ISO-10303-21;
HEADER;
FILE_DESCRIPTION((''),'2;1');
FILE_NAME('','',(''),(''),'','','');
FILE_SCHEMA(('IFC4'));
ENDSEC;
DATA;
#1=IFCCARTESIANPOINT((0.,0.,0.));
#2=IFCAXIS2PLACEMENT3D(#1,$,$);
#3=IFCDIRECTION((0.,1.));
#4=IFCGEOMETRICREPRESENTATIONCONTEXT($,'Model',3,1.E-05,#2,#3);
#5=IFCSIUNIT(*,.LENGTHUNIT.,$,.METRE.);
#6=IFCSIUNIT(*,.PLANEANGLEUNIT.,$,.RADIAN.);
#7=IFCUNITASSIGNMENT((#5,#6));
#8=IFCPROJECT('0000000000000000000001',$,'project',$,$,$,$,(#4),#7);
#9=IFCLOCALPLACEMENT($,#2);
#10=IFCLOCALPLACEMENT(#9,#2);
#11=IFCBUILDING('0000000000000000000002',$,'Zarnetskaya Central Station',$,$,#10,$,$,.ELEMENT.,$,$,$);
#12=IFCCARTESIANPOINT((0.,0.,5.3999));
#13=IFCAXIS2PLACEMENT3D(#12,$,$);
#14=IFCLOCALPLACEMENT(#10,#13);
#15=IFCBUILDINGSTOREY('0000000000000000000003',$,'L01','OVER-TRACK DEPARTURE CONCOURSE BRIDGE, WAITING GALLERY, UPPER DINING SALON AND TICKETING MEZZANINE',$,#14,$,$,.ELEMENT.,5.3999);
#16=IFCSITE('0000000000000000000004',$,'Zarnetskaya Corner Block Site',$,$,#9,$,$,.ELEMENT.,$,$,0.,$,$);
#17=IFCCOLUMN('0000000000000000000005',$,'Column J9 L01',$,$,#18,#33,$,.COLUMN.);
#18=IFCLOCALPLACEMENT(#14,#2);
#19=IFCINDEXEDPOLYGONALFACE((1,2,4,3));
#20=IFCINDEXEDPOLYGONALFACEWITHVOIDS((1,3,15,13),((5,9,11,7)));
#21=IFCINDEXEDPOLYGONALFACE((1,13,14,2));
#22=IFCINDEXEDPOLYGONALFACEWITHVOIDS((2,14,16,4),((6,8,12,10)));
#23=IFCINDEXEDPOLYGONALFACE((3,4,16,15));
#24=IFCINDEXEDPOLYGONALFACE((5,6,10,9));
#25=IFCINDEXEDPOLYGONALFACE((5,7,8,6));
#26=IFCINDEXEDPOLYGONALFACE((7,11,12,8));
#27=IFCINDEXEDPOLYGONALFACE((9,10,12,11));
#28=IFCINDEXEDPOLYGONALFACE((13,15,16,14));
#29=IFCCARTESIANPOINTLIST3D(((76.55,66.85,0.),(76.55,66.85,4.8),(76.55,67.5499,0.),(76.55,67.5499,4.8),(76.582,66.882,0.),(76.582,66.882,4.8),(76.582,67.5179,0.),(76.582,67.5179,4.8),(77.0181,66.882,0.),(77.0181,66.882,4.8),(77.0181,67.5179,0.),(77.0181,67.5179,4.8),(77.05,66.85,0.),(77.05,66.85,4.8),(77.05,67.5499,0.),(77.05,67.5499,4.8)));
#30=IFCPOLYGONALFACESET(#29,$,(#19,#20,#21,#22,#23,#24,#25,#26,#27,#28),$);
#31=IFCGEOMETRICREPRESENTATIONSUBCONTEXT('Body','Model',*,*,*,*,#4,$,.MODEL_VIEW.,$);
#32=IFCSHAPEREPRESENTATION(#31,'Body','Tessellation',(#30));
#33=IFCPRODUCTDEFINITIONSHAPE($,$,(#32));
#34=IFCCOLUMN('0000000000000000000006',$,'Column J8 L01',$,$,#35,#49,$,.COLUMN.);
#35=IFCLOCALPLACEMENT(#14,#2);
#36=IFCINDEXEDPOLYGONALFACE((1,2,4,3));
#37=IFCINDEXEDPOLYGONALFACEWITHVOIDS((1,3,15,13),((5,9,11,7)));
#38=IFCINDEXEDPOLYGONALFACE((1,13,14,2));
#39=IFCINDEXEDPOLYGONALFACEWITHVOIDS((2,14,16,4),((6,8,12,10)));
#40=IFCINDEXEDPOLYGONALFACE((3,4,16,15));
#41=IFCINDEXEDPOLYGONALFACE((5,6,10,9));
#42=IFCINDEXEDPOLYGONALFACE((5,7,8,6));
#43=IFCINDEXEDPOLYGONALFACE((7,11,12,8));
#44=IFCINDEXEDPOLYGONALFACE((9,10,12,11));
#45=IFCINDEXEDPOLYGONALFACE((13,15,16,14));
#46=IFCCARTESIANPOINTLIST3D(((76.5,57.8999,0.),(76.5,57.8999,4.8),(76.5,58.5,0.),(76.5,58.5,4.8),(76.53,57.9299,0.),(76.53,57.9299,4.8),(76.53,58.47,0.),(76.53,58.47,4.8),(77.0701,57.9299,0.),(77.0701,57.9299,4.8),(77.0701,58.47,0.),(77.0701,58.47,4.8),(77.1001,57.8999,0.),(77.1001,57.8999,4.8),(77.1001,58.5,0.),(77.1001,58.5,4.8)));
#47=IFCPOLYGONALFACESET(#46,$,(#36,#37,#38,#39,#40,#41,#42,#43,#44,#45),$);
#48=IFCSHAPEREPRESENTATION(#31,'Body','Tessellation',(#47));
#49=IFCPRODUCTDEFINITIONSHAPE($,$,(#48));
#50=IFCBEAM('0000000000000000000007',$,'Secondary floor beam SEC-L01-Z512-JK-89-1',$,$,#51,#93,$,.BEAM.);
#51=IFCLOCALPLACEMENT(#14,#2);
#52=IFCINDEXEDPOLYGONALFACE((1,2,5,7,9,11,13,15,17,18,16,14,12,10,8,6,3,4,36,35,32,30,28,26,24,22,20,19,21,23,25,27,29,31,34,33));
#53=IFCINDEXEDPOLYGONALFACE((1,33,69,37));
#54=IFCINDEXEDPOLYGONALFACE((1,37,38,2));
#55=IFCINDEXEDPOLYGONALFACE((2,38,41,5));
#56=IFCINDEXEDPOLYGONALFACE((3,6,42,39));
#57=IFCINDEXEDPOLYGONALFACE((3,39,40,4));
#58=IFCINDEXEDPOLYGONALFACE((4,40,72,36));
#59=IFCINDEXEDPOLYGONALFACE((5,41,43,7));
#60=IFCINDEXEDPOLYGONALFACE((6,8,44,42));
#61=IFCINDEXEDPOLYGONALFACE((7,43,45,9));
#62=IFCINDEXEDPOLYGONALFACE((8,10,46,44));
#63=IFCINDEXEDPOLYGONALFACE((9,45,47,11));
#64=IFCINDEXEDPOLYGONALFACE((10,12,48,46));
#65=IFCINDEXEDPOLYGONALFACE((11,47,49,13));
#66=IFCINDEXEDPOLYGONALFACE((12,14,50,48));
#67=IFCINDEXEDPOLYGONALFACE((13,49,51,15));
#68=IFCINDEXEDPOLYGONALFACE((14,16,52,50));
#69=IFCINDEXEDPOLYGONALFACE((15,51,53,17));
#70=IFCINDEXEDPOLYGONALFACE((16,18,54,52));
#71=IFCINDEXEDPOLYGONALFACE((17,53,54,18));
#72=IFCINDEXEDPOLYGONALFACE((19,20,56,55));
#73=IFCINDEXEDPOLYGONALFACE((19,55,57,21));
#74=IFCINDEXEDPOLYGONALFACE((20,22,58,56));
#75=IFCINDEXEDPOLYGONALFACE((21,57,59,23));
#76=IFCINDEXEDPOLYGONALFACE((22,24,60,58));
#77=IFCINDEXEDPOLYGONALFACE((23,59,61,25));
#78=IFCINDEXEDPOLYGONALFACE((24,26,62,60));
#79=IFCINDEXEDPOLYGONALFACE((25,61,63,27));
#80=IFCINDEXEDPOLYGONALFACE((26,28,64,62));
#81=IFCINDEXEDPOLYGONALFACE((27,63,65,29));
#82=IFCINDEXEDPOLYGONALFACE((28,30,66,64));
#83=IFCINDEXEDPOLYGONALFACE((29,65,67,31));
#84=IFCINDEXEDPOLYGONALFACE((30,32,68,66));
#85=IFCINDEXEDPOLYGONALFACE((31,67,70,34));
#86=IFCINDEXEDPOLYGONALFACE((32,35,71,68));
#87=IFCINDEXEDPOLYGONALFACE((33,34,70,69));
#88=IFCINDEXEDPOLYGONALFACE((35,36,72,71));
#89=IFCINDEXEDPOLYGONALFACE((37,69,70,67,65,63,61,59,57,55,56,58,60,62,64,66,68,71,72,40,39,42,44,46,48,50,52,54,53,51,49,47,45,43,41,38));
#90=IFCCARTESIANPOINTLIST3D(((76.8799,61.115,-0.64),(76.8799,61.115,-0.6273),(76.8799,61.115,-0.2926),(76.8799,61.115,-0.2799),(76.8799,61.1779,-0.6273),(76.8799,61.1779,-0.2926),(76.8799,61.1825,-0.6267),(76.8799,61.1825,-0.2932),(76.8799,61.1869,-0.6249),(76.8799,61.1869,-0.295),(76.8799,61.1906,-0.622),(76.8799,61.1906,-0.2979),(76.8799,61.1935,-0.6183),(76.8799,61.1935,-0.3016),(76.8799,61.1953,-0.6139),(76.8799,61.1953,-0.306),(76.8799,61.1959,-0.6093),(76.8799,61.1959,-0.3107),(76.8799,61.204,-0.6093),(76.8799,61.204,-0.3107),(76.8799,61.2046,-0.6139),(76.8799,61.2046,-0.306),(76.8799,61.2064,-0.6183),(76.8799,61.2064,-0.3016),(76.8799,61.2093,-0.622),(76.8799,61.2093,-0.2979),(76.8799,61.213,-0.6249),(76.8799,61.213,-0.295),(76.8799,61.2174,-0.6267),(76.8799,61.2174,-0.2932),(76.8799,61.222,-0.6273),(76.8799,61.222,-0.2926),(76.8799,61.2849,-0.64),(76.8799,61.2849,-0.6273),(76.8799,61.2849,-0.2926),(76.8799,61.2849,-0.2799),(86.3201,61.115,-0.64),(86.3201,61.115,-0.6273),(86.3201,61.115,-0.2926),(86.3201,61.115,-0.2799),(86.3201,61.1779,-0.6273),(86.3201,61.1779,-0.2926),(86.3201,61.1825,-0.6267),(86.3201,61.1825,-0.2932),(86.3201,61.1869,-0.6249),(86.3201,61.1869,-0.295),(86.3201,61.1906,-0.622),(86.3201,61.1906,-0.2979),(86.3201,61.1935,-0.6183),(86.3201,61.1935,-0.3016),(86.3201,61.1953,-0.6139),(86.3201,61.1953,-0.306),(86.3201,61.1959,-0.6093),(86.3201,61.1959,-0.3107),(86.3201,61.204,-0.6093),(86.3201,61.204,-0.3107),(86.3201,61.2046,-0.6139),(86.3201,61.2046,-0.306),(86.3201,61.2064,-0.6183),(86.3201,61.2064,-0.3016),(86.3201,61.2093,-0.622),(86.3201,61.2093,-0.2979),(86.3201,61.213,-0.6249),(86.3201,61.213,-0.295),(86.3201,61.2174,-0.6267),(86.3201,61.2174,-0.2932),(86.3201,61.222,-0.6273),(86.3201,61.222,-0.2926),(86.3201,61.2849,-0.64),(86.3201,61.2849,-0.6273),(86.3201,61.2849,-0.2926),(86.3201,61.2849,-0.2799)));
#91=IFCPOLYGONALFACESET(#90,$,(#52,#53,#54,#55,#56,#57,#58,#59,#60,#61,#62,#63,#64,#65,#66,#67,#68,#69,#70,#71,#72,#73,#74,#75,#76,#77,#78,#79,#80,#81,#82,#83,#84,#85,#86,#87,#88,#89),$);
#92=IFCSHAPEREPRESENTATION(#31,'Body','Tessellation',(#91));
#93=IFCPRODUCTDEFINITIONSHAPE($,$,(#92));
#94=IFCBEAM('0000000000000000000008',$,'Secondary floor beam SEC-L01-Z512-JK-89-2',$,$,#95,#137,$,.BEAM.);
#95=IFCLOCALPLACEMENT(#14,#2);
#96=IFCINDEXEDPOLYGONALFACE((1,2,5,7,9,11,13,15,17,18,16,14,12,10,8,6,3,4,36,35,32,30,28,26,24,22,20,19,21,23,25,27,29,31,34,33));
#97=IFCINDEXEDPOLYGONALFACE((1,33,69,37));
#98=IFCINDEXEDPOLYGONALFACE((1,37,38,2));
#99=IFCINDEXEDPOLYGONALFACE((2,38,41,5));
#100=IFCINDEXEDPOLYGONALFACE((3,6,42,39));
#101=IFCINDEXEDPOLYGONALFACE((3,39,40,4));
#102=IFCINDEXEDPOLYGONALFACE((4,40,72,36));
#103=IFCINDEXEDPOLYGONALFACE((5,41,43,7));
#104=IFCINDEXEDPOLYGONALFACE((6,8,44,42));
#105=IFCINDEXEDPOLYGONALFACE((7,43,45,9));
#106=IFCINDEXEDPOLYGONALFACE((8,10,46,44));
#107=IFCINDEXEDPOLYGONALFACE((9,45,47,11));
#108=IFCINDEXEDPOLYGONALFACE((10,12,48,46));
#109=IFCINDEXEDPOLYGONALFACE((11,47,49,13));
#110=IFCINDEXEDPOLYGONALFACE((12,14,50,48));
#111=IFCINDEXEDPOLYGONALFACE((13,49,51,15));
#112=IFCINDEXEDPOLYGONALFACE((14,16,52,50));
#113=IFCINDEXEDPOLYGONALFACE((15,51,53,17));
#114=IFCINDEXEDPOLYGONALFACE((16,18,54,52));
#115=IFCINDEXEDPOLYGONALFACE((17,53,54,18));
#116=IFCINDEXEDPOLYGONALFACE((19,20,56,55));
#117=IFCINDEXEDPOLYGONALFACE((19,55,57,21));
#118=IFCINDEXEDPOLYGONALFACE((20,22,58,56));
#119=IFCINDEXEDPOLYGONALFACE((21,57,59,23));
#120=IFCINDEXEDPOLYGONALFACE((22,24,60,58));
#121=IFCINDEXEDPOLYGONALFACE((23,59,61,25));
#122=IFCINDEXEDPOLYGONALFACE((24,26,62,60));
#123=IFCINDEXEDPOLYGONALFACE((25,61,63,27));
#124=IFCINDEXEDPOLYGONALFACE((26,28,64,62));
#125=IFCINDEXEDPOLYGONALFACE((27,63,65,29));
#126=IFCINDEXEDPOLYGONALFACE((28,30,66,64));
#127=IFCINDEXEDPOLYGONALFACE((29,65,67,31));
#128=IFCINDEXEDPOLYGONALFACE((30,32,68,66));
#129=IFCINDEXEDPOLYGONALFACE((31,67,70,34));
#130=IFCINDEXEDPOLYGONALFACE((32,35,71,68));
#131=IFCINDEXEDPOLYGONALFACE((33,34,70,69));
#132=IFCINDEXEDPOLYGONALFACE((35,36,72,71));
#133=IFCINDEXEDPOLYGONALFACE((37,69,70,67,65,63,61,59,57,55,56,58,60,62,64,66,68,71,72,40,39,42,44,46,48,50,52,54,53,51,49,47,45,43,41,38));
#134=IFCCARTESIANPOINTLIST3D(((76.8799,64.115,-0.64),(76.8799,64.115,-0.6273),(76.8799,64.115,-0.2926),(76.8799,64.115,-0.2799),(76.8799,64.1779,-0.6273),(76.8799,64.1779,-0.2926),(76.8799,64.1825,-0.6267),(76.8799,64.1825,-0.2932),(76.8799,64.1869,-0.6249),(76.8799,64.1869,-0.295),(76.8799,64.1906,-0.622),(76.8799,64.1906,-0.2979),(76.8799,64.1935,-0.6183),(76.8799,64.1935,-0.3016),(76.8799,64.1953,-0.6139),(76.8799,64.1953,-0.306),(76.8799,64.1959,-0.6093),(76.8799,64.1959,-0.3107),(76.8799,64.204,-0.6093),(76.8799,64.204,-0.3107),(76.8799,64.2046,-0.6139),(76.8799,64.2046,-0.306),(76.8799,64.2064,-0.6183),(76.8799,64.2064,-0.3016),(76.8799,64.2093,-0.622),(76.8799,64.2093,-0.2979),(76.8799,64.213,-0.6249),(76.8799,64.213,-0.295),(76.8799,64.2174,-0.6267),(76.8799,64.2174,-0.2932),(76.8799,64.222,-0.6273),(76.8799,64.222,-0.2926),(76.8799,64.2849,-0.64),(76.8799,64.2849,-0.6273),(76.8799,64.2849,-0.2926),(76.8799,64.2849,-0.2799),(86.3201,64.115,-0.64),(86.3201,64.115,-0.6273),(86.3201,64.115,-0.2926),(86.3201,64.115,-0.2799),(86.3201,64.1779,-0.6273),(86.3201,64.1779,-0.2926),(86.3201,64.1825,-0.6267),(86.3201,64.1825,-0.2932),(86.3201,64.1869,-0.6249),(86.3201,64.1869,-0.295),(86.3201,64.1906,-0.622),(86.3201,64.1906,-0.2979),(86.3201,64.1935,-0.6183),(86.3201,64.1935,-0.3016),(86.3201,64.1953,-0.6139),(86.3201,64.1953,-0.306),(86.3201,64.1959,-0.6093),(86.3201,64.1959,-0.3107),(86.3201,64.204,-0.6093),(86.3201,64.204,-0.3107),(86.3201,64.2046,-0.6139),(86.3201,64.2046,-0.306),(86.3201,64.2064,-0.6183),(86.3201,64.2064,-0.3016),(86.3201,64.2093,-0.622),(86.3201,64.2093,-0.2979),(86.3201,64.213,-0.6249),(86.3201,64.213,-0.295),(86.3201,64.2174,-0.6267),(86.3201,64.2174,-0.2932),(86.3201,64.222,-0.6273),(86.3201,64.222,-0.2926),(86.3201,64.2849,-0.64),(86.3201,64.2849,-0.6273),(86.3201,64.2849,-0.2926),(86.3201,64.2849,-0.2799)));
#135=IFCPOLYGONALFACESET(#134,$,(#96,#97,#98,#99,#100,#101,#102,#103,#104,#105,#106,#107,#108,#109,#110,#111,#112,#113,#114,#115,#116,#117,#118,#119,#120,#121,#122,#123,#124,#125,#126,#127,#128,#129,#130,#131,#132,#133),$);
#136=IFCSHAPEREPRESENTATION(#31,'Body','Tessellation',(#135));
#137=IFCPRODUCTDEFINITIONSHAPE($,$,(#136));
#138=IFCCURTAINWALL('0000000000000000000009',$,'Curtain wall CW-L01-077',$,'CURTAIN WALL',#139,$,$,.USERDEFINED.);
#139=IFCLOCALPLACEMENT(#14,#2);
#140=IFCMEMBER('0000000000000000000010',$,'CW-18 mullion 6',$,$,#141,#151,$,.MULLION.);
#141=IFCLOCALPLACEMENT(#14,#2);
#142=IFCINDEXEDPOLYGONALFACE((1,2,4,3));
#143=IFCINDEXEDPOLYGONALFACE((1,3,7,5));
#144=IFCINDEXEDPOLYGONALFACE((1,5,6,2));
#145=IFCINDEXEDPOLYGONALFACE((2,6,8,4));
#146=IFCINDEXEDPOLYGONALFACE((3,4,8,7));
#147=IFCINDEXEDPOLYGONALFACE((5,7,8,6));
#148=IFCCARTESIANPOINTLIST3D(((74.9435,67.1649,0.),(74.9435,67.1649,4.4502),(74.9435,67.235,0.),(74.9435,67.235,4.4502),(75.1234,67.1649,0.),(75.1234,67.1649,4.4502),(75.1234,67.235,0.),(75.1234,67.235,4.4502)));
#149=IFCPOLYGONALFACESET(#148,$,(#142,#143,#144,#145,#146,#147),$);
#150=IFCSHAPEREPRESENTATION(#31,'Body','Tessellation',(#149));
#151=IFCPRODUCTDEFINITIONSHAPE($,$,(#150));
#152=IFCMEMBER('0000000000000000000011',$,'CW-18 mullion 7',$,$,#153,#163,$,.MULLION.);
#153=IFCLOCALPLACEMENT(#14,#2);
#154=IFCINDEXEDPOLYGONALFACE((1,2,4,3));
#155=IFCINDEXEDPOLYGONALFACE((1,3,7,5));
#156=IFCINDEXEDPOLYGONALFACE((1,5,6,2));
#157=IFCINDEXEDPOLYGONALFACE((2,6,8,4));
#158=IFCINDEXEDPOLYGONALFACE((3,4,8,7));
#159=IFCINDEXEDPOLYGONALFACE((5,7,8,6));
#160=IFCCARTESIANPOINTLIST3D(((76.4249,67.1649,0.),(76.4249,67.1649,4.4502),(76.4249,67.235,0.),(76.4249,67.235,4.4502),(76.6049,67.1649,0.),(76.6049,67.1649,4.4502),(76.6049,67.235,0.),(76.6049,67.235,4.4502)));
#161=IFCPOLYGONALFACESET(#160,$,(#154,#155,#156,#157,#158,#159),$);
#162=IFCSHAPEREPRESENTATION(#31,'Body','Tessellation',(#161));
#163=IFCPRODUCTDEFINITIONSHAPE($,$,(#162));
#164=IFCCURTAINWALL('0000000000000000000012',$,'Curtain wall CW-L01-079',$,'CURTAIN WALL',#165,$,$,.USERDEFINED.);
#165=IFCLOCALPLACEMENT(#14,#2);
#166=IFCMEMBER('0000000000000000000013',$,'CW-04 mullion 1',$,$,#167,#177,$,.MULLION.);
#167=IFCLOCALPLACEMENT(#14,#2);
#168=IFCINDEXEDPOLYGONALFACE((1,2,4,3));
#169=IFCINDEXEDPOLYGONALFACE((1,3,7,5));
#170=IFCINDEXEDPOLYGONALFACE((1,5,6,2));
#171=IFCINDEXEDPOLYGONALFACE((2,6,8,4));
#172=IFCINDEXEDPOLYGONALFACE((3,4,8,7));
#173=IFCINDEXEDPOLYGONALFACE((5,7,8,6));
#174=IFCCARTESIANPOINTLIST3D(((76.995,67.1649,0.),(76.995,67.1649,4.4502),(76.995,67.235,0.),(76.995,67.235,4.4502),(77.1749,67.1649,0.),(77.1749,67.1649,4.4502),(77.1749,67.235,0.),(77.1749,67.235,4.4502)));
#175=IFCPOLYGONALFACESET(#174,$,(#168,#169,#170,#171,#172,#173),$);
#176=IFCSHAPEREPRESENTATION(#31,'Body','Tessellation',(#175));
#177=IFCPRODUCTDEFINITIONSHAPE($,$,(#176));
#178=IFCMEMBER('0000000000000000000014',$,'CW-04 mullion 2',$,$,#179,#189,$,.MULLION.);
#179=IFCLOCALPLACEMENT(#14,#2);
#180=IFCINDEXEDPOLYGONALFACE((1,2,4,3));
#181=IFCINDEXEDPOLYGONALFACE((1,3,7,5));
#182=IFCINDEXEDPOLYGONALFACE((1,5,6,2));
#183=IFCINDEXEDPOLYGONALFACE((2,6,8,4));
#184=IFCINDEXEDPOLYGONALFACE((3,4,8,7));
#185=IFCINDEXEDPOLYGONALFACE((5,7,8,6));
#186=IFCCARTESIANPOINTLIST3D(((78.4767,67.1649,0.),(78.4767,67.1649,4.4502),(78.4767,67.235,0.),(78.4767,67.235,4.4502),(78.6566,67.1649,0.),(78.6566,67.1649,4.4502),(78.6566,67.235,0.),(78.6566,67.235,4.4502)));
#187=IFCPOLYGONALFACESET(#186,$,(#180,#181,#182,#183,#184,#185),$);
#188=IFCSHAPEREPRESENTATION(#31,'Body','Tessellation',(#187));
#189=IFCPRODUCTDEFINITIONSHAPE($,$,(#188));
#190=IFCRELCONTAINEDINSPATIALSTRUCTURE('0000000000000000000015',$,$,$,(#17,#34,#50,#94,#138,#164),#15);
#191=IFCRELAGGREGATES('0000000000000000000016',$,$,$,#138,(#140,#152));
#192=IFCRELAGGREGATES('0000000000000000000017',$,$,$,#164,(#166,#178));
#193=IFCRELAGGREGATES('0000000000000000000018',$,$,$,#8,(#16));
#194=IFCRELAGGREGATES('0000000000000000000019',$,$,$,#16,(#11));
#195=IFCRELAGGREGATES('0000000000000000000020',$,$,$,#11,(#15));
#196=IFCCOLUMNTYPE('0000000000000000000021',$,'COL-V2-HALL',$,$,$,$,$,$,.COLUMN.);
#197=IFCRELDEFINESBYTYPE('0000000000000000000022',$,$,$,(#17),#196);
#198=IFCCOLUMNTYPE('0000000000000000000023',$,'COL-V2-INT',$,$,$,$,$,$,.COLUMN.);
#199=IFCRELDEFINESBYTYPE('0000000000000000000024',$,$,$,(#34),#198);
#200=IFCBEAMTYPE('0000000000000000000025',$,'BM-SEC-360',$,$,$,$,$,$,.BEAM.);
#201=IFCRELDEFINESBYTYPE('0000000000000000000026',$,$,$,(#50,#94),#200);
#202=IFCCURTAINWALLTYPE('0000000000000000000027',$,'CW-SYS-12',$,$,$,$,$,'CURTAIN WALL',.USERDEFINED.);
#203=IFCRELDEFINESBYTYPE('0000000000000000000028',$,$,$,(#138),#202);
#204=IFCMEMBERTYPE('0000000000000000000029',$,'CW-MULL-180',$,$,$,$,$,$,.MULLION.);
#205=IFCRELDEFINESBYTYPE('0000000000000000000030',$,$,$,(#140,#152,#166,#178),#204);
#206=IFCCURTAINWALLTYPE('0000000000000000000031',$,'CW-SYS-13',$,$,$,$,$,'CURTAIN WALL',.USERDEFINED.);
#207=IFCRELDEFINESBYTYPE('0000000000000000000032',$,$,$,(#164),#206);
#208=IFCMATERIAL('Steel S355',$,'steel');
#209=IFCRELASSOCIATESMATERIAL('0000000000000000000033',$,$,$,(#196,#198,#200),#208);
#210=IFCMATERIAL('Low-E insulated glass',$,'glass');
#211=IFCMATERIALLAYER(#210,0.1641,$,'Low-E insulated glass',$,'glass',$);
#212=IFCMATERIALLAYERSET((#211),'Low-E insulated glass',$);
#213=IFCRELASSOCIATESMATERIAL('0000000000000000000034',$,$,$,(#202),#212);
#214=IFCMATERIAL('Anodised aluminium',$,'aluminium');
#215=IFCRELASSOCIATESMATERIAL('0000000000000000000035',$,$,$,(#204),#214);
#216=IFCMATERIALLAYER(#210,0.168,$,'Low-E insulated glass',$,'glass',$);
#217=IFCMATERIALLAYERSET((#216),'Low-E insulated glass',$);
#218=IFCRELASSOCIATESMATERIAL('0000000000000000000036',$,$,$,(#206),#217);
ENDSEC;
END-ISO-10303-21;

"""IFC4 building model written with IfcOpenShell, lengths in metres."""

from ifc_helpers import new_model, si_unit, direction, frame, origin, origin_2d, place, context, subcontext, project, spatial, rectangle, hollow_rectangle, i_section, extrude, material, layer, layer_set, material_profile, profile_set, type_object, element, aggregate, save


model = new_model("IFC4")

# Units and contexts
model_context = context("Model", 3, precision=1e-05, world=origin(), true_north=direction((0.0, 1.0)))
body_context = subcontext(model_context, "Body", "Model", "MODEL_VIEW")
ifc_project = project(units=[si_unit("LENGTHUNIT", "METRE"), si_unit("PLANEANGLEUNIT", "RADIAN")], contexts=[model_context])

# Site, building, storey
site_placement = place(None, origin())
site = spatial("IfcSite", under=ifc_project, at=site_placement, Name="Zarnetskaya Corner Block Site", CompositionType="ELEMENT", RefElevation=0.0)
building_placement = place(site_placement, origin())
building = spatial("IfcBuilding", under=site, at=building_placement, Name="Zarnetskaya Central Station", CompositionType="ELEMENT")
storey_placement = place(building_placement, frame((0.0, 0.0, 5.3999)))
storey = spatial("IfcBuildingStorey", under=building, at=storey_placement, Name="L01", Description="OVER-TRACK DEPARTURE CONCOURSE BRIDGE, WAITING GALLERY, UPPER DINING SALON AND TICKETING MEZZANINE", CompositionType="ELEMENT", Elevation=5.3999)

# Columns
ifc_material_1 = material(Name="Steel S355", Category="steel")
ifc_material_profile_1 = material_profile(ifc_material_1, hollow_rectangle(XDim=0.5, YDim=0.7, WallThickness=0.032, at=origin_2d()), Name="BOX 700x500x32")
ifc_profile_set_1 = profile_set([ifc_material_profile_1], Name="Steel S355")
column_type_1 = type_object("IfcColumnType", Name="COL-V2-HALL", PredefinedType="COLUMN", material=ifc_profile_set_1)
column_1_placement = place(storey_placement, frame((76.8, 67.2, 0.0), z_axis=(0.0, 0.0, 1.0), x_axis=(1.0, 0.0, 0.0)))
element("IfcColumn", 1, at=column_1_placement, inside=storey, type_object=column_type_1, Name="Column J9 L01", PredefinedType="COLUMN", context=body_context, shape_type="SweptSolid", body=[
    extrude(hollow_rectangle(XDim=0.5, YDim=0.7, WallThickness=0.032, at=origin_2d()), origin(), (0.0, 0.0, 1.0), 4.8),
])
ifc_material_profile_2 = material_profile(ifc_material_1, hollow_rectangle(XDim=0.6001, YDim=0.6001, WallThickness=0.03, at=origin_2d()), Name="BOX 600x600x30")
ifc_profile_set_2 = profile_set([ifc_material_profile_2], Name="Steel S355")
column_type_2 = type_object("IfcColumnType", Name="COL-V2-INT", PredefinedType="COLUMN", material=ifc_profile_set_2)
column_2_placement = place(storey_placement, frame((76.8, 58.2, 0.0), z_axis=(0.0, 0.0, 1.0), x_axis=(1.0, 0.0, 0.0)))
element("IfcColumn", 2, at=column_2_placement, inside=storey, type_object=column_type_2, Name="Column J8 L01", PredefinedType="COLUMN", context=body_context, shape_type="SweptSolid", body=[
    extrude(hollow_rectangle(XDim=0.6001, YDim=0.6001, WallThickness=0.03, at=origin_2d()), origin(), (0.0, 0.0, 1.0), 4.8),
])

# Beams
ifc_material_profile_3 = material_profile(ifc_material_1, i_section(OverallWidth=0.1699, OverallDepth=0.3601, WebThickness=0.0081, FlangeThickness=0.0127, FilletRadius=0.0181, at=origin_2d()), Name="IPE 360")
ifc_profile_set_3 = profile_set([ifc_material_profile_3], Name="Steel S355")
beam_type_1 = type_object("IfcBeamType", Name="BM-SEC-360", PredefinedType="BEAM", material=ifc_profile_set_3)
for number, where, z_axis, x_axis, name in (
    (3, (76.8799, 61.2, -0.46), (1.0, 0.0, 0.0), (0.0, 1.0, 0.0), "Secondary floor beam SEC-L01-Z512-JK-89-1"),
    (4, (76.8799, 64.2, -0.46), (1.0, 0.0, 0.0), (0.0, 1.0, 0.0), "Secondary floor beam SEC-L01-Z512-JK-89-2"),
):
    element("IfcBeam", number, at=place(storey_placement, frame(where, z_axis=z_axis, x_axis=x_axis)), inside=storey, type_object=beam_type_1, Name=name, PredefinedType="BEAM", context=body_context, shape_type="SweptSolid", body=[
        extrude(i_section(OverallWidth=0.1699, OverallDepth=0.3601, WebThickness=0.0081, FlangeThickness=0.0127, FilletRadius=0.0181, at=origin_2d()), origin(), (0.0, 0.0, 1.0), 9.4402),
    ])

# Curtain walls, members
ifc_material_2 = material(Name="Low-E insulated glass", Category="glass")
ifc_layer_1 = layer(ifc_material_2, 0.1641, Name="Low-E insulated glass", Category="glass")
ifc_layer_set_1 = layer_set([ifc_layer_1], Name="Low-E insulated glass")
curtain_wall_type_1 = type_object("IfcCurtainWallType", Name="CW-SYS-12", ElementType="CURTAIN WALL", PredefinedType="USERDEFINED", material=ifc_layer_set_1)
curtain_wall_1_placement = place(storey_placement, origin())
curtain_wall_1 = element("IfcCurtainWall", 5, at=curtain_wall_1_placement, inside=storey, type_object=curtain_wall_type_1, Name="Curtain wall CW-L01-077", ObjectType="CURTAIN WALL", PredefinedType="USERDEFINED")
ifc_material_3 = material(Name="Anodised aluminium", Category="aluminium")
ifc_material_profile_4 = material_profile(ifc_material_3, rectangle(XDim=0.0701, YDim=0.1799, at=origin_2d()), Name="ALU MULL 70x180")
ifc_profile_set_4 = profile_set([ifc_material_profile_4], Name="Anodised aluminium")
member_type_1 = type_object("IfcMemberType", Name="CW-MULL-180", PredefinedType="MULLION", material=ifc_profile_set_4)
member_1_placement = place(storey_placement, frame((75.0334, 67.2, 0.0), z_axis=(0.0, 0.0, 1.0), x_axis=(0.0, 1.0, 0.0)))
member_1 = element("IfcMember", 6, at=member_1_placement, type_object=member_type_1, Name="CW-18 mullion 6", PredefinedType="MULLION", context=body_context, shape_type="SweptSolid", body=[
    extrude(rectangle(XDim=0.0701, YDim=0.1799, at=origin_2d()), origin(), (0.0, 0.0, 1.0), 4.4502),
])
member_2_placement = place(storey_placement, frame((76.5149, 67.2, 0.0), z_axis=(0.0, 0.0, 1.0), x_axis=(0.0, 1.0, 0.0)))
member_2 = element("IfcMember", 7, at=member_2_placement, type_object=member_type_1, Name="CW-18 mullion 7", PredefinedType="MULLION", context=body_context, shape_type="SweptSolid", body=[
    extrude(rectangle(XDim=0.0701, YDim=0.1799, at=origin_2d()), origin(), (0.0, 0.0, 1.0), 4.4502),
])
ifc_layer_2 = layer(ifc_material_2, 0.168, Name="Low-E insulated glass", Category="glass")
ifc_layer_set_2 = layer_set([ifc_layer_2], Name="Low-E insulated glass")
curtain_wall_type_2 = type_object("IfcCurtainWallType", Name="CW-SYS-13", ElementType="CURTAIN WALL", PredefinedType="USERDEFINED", material=ifc_layer_set_2)
curtain_wall_2_placement = place(storey_placement, origin())
curtain_wall_2 = element("IfcCurtainWall", 8, at=curtain_wall_2_placement, inside=storey, type_object=curtain_wall_type_2, Name="Curtain wall CW-L01-079", ObjectType="CURTAIN WALL", PredefinedType="USERDEFINED")
member_3_placement = place(storey_placement, frame((77.085, 67.2, 0.0), z_axis=(0.0, 0.0, 1.0), x_axis=(0.0, 1.0, 0.0)))
member_3 = element("IfcMember", 9, at=member_3_placement, type_object=member_type_1, Name="CW-04 mullion 1", PredefinedType="MULLION", context=body_context, shape_type="SweptSolid", body=[
    extrude(rectangle(XDim=0.0701, YDim=0.1799, at=origin_2d()), origin(), (0.0, 0.0, 1.0), 4.4502),
])
member_4_placement = place(storey_placement, frame((78.5667, 67.2, 0.0), z_axis=(0.0, 0.0, 1.0), x_axis=(0.0, 1.0, 0.0)))
member_4 = element("IfcMember", 10, at=member_4_placement, type_object=member_type_1, Name="CW-04 mullion 2", PredefinedType="MULLION", context=body_context, shape_type="SweptSolid", body=[
    extrude(rectangle(XDim=0.0701, YDim=0.1799, at=origin_2d()), origin(), (0.0, 0.0, 1.0), 4.4502),
])

aggregate(curtain_wall_1, [member_1, member_2])
aggregate(curtain_wall_2, [member_3, member_4])

save(model, "model.ifc")
